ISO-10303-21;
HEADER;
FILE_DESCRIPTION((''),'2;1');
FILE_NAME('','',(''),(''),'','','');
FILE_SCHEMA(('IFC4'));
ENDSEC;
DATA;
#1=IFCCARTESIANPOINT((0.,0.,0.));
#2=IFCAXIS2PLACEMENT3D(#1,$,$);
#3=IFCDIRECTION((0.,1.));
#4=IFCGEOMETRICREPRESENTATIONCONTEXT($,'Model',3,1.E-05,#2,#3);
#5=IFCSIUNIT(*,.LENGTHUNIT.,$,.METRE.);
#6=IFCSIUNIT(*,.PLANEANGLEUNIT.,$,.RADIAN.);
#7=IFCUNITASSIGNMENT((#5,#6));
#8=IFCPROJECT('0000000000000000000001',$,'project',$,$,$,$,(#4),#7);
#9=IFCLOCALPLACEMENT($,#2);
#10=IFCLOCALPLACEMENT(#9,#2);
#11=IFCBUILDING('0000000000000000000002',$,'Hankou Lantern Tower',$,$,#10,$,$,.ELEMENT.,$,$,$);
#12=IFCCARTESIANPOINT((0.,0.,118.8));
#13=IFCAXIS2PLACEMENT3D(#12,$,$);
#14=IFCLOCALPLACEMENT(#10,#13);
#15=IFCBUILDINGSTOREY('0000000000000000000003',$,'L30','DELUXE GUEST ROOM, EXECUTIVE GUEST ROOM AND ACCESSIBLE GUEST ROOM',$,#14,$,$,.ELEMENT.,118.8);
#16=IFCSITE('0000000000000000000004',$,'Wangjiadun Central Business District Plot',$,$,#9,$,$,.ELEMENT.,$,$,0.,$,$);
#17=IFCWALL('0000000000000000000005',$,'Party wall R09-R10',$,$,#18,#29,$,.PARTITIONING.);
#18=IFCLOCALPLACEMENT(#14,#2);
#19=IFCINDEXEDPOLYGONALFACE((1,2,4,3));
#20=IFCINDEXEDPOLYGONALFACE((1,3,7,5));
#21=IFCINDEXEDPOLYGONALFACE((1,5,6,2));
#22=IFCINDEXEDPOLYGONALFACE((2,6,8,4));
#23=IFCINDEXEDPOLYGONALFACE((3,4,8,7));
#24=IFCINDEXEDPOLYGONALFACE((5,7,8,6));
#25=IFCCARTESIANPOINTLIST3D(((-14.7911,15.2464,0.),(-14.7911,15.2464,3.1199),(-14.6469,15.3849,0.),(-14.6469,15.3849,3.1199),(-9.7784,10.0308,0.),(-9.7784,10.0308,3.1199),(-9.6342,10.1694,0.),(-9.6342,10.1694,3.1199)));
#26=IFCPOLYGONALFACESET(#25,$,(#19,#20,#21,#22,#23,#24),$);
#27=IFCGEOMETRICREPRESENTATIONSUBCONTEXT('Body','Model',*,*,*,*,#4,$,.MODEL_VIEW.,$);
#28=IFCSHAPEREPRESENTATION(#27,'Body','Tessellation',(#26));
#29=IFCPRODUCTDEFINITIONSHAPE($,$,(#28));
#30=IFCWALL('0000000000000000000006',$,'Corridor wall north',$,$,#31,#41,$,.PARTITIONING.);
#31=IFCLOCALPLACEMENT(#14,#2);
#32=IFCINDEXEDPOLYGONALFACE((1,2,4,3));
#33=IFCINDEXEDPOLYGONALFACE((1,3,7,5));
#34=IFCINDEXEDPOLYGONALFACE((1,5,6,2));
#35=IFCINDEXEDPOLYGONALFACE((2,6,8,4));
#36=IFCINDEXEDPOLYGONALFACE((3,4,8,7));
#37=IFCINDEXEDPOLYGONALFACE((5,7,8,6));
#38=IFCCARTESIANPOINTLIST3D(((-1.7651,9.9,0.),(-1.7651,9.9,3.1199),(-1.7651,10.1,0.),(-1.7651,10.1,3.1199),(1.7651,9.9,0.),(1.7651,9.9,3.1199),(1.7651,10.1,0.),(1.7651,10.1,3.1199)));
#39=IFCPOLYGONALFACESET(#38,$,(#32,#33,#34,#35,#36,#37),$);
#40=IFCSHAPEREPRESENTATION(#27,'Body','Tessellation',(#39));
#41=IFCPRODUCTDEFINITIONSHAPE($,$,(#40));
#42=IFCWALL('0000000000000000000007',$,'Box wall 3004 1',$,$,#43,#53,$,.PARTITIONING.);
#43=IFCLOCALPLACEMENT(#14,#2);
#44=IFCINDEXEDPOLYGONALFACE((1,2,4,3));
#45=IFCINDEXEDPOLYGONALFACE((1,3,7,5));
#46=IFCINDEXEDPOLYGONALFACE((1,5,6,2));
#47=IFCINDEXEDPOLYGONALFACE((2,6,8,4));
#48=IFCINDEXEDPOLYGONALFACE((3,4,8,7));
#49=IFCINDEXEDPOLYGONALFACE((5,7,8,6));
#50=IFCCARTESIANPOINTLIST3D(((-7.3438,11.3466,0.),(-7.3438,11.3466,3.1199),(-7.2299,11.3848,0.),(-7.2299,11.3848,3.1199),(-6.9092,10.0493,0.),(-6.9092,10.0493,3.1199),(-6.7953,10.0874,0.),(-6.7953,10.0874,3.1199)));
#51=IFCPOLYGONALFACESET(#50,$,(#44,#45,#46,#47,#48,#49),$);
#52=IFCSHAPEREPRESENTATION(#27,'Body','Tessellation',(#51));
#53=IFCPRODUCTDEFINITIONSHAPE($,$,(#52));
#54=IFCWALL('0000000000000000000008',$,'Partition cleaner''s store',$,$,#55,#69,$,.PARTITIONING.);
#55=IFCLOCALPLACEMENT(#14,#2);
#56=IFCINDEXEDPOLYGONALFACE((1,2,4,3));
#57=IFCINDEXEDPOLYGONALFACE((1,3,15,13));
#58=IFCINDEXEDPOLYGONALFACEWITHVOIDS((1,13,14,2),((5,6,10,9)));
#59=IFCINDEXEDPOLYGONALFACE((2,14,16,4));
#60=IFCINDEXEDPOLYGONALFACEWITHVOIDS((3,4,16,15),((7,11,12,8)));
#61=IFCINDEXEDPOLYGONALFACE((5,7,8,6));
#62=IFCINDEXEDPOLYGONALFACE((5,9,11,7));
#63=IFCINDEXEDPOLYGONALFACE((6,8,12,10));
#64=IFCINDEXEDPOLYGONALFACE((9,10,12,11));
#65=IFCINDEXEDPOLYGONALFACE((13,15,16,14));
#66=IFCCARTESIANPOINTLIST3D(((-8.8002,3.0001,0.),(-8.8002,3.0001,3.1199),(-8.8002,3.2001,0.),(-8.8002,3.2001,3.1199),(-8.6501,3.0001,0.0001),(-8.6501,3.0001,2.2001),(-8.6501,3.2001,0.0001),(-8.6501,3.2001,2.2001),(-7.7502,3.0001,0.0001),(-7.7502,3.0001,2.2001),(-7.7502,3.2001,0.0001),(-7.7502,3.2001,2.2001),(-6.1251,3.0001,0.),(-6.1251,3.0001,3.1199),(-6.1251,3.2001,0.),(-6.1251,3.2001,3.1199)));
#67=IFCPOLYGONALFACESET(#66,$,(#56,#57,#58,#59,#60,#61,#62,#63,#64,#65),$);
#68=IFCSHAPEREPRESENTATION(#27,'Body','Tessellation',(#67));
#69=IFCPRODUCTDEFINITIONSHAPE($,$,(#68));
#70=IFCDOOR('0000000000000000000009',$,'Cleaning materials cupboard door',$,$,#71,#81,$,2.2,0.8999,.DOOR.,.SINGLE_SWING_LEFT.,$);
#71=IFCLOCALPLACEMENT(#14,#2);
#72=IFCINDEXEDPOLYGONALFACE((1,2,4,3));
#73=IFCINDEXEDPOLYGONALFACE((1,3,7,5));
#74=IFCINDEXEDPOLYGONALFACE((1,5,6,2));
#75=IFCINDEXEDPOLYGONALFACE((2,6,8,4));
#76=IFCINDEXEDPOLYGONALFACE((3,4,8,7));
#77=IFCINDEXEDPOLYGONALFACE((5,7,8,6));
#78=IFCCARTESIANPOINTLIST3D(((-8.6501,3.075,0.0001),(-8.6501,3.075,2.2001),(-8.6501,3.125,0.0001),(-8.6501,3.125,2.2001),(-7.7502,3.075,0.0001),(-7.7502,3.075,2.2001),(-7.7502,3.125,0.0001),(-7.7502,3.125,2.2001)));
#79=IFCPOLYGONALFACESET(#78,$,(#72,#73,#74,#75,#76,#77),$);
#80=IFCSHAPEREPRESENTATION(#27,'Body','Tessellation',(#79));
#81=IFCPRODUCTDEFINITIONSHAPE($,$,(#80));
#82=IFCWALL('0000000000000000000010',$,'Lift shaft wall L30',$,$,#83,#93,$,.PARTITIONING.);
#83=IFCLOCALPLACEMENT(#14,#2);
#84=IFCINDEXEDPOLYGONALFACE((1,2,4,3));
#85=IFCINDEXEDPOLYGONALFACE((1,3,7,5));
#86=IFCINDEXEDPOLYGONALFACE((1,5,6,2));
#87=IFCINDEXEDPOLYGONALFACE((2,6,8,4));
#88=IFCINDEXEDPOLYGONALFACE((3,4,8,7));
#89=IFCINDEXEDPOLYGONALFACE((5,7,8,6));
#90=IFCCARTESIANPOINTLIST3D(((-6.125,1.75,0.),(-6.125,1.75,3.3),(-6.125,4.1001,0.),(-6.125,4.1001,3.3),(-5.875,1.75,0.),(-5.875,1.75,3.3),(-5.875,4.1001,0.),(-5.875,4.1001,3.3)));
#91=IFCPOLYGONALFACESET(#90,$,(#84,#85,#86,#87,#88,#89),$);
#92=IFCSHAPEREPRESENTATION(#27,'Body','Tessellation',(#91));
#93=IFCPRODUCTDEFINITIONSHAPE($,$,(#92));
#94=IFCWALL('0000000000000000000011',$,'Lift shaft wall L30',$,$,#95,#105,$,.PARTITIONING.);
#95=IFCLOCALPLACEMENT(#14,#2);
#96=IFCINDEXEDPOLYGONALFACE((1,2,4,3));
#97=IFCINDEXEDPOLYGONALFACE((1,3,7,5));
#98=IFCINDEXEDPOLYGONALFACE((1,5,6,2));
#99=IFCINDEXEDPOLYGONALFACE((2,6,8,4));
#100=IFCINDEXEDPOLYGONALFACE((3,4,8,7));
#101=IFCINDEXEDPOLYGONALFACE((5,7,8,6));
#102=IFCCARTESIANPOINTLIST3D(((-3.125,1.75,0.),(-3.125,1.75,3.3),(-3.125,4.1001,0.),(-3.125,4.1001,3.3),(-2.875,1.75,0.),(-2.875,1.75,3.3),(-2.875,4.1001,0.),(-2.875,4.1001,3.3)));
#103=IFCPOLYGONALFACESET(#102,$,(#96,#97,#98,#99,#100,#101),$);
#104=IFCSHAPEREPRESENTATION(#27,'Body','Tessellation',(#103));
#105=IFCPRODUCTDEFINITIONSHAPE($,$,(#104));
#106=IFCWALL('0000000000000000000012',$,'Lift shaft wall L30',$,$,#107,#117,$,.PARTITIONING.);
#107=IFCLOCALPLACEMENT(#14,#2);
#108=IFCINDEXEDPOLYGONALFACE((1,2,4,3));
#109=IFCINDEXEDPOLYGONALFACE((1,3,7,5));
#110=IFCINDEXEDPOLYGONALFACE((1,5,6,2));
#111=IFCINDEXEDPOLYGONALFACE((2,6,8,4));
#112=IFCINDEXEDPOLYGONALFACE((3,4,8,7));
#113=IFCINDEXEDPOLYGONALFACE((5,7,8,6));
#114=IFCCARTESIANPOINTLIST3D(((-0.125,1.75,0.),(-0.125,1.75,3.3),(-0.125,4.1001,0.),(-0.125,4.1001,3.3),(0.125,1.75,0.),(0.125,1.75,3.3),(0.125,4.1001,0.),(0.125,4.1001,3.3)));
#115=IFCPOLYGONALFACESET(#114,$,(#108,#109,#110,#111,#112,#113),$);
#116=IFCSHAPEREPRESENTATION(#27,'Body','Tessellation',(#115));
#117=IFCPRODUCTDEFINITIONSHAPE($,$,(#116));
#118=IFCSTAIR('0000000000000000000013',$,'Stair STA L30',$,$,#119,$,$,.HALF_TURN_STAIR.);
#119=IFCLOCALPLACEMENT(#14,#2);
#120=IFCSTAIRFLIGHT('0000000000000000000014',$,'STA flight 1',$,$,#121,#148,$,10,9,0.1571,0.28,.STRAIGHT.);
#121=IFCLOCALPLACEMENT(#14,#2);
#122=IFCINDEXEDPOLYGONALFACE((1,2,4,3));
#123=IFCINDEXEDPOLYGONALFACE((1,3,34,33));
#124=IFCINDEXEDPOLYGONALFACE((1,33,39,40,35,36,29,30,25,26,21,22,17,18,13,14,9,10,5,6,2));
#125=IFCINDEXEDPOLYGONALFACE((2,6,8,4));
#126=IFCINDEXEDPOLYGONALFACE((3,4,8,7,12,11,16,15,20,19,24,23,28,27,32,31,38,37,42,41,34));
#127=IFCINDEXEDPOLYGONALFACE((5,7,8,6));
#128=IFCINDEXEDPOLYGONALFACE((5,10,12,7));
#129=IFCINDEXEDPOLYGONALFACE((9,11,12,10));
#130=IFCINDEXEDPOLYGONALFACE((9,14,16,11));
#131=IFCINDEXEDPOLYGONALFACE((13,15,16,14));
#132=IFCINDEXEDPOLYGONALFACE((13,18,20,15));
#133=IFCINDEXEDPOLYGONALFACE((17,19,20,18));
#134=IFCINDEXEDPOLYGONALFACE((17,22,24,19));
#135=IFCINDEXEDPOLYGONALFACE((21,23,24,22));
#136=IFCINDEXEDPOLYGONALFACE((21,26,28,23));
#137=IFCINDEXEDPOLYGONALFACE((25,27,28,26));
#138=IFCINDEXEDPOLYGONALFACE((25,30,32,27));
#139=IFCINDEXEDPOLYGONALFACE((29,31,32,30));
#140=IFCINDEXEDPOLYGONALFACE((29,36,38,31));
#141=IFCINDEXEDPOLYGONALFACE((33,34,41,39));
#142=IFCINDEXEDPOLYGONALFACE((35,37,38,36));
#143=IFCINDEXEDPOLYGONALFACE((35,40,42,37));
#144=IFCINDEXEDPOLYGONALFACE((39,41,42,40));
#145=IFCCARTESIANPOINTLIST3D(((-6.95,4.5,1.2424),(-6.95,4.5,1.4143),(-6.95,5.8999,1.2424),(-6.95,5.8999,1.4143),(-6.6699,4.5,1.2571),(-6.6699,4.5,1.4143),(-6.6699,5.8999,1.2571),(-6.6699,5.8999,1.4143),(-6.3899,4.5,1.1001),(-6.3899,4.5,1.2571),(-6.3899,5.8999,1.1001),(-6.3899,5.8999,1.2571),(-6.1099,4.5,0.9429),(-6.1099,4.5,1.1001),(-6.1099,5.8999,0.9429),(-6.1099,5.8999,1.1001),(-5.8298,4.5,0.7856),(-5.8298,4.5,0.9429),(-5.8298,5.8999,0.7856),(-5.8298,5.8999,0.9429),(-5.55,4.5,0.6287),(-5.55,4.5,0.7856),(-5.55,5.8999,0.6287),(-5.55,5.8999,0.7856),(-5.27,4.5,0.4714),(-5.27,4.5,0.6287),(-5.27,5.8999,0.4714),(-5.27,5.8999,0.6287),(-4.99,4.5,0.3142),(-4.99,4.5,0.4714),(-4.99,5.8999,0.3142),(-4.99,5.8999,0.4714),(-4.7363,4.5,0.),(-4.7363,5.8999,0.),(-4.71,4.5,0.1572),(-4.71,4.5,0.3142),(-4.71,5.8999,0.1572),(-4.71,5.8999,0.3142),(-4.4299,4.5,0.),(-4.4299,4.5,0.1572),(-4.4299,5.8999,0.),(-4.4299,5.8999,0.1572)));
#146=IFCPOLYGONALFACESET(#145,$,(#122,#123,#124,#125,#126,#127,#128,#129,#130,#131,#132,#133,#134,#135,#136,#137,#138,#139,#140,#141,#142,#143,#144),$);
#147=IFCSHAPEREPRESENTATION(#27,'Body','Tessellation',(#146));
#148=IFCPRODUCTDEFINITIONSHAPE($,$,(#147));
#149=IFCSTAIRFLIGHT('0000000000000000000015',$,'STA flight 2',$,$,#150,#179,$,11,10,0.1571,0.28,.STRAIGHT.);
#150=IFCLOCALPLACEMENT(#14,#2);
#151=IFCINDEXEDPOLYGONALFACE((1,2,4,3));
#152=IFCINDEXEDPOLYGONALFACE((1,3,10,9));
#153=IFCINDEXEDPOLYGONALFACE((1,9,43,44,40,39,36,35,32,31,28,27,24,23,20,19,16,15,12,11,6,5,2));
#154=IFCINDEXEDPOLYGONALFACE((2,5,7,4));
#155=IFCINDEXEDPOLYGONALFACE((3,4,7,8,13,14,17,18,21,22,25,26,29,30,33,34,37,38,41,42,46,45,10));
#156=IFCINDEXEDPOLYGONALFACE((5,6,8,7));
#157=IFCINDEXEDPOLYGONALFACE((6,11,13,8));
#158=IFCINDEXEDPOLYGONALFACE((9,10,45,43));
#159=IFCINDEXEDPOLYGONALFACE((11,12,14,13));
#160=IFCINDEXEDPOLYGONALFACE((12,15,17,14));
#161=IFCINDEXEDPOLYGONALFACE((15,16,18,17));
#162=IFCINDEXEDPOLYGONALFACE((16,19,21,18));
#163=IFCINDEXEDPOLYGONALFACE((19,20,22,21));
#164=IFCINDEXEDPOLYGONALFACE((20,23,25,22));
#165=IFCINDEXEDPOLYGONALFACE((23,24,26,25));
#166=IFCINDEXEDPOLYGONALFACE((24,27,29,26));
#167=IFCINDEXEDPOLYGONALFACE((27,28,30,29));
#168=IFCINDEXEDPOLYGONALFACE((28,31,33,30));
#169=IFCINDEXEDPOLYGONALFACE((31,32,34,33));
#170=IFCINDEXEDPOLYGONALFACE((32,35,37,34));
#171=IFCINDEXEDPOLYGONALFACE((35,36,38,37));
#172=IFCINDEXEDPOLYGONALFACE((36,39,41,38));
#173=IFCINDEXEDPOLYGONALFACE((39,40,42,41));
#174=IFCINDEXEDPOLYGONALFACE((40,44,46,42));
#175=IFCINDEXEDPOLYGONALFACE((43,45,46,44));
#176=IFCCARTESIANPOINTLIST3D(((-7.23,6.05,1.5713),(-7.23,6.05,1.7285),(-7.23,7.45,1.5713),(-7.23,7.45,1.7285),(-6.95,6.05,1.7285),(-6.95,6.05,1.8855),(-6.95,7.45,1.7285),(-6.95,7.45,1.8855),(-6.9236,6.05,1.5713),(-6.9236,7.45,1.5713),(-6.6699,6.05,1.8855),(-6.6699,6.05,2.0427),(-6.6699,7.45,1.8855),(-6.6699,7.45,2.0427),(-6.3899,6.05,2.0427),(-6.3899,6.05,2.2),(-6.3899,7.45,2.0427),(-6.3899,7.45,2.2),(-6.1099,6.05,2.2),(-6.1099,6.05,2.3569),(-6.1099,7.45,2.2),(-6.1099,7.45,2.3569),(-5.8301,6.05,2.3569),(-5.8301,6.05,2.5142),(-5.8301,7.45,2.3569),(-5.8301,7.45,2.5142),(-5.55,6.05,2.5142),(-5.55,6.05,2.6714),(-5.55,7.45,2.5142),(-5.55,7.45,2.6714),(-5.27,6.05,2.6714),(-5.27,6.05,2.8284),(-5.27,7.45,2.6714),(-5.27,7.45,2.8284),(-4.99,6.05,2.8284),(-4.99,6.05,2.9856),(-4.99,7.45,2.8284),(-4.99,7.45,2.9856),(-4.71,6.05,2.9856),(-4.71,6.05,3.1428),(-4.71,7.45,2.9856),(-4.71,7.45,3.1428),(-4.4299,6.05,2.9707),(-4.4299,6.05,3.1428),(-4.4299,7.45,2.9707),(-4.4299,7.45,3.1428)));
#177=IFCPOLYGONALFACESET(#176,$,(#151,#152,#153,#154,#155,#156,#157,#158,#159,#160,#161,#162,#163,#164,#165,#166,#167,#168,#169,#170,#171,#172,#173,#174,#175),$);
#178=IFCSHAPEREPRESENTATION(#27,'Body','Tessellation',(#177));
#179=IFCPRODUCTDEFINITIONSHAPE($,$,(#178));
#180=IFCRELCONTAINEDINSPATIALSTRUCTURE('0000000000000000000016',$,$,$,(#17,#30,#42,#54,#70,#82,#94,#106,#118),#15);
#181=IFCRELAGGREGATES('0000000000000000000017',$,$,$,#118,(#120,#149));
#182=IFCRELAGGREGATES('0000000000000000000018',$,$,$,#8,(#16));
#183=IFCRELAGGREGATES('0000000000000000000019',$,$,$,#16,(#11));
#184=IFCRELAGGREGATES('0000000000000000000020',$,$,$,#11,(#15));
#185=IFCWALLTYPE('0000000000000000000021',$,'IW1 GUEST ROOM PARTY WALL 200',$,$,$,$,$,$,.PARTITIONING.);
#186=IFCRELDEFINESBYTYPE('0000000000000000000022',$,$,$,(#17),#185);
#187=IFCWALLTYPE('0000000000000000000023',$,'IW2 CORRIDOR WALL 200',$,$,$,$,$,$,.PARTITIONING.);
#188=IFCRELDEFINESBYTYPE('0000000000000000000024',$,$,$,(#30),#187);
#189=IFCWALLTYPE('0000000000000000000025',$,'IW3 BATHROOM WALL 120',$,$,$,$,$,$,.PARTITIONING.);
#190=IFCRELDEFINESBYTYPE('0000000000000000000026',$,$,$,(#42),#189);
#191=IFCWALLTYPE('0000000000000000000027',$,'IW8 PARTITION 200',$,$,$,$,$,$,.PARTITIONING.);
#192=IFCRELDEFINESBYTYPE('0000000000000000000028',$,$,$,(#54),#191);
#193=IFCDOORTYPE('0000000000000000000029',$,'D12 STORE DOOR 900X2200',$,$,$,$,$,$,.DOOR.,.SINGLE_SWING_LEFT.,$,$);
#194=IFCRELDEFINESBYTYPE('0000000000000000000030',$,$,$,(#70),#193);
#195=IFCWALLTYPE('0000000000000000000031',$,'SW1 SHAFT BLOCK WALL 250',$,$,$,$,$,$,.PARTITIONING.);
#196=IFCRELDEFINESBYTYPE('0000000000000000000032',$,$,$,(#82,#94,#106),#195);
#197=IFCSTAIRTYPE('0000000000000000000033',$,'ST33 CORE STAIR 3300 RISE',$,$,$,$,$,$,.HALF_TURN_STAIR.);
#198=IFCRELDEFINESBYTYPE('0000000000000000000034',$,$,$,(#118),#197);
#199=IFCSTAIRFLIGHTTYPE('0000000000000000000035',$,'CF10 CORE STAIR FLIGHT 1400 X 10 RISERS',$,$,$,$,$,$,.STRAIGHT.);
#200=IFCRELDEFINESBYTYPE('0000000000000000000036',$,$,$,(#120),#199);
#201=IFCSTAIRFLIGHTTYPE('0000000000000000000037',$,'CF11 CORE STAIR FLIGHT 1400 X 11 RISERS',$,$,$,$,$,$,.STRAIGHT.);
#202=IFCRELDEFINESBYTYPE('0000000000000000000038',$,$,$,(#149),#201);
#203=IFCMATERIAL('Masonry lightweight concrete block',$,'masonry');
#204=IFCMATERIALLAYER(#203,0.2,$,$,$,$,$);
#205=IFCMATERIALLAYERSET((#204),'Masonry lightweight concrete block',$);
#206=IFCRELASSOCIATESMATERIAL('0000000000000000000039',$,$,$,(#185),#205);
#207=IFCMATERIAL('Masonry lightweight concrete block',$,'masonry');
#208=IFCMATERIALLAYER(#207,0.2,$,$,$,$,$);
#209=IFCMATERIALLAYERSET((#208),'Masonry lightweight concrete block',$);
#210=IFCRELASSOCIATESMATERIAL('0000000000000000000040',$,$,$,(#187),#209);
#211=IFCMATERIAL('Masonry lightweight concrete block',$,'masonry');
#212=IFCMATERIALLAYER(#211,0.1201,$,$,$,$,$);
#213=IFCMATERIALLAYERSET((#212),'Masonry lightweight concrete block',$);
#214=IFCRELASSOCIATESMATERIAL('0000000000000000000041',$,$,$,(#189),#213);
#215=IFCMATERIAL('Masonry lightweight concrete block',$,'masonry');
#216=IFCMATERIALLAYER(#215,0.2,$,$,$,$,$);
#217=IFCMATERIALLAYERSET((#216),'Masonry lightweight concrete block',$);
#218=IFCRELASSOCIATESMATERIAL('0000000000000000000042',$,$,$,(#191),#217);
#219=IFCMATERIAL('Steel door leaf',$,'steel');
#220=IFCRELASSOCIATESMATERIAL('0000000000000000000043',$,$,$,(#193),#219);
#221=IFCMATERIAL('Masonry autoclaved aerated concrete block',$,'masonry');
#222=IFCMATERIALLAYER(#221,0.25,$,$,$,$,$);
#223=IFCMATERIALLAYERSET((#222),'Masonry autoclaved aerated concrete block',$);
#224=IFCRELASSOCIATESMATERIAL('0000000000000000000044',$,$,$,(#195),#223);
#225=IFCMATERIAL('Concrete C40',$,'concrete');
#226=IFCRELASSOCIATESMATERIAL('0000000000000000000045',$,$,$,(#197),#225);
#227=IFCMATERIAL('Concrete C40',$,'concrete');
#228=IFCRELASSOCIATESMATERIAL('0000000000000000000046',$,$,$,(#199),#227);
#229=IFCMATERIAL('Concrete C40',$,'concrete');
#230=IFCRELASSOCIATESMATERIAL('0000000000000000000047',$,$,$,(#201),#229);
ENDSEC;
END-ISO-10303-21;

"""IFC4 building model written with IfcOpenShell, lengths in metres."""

from ifc_helpers import new_model, si_unit, direction, frame, frame_2d, origin, place, context, subcontext, project, spatial, polyline, rectangle, outline, extrude, material, layer, layer_set, type_object, element, fill, aggregate, save


model = new_model("IFC4")

# Units and contexts
model_context = context("Model", 3, precision=1e-05, world=origin(), true_north=direction((0.0, 1.0)))
body_context = subcontext(model_context, "Body", "Model", "MODEL_VIEW")
ifc_project = project(units=[si_unit("LENGTHUNIT", "METRE"), si_unit("PLANEANGLEUNIT", "RADIAN")], contexts=[model_context])

# Site, building, storey
site_placement = place(None, origin())
site = spatial("IfcSite", under=ifc_project, at=site_placement, Name="Wangjiadun Central Business District Plot", CompositionType="ELEMENT", RefElevation=0.0)
building_placement = place(site_placement, origin())
building = spatial("IfcBuilding", under=site, at=building_placement, Name="Hankou Lantern Tower", CompositionType="ELEMENT")
storey_placement = place(building_placement, frame((0.0, 0.0, 118.8)))
storey = spatial("IfcBuildingStorey", under=building, at=storey_placement, Name="L30", Description="DELUXE GUEST ROOM, EXECUTIVE GUEST ROOM AND ACCESSIBLE GUEST ROOM", CompositionType="ELEMENT", Elevation=118.8)

# Walls
ifc_material_1 = material(Name="Masonry lightweight concrete block", Category="masonry")
ifc_layer_1 = layer(ifc_material_1, 0.2)
ifc_layer_set_1 = layer_set([ifc_layer_1], Name="Masonry lightweight concrete block")
wall_type_1 = type_object("IfcWallType", Name="IW1 GUEST ROOM PARTY WALL 200", PredefinedType="PARTITIONING", material=ifc_layer_set_1)
wall_1_placement = place(storey_placement, frame((-9.7063, 10.1001, 0.0), z_axis=(0.0, 0.0, 1.0), x_axis=(-0.692945, 0.720991, 0.0)))
element("IfcWall", 1, at=wall_1_placement, inside=storey, type_object=wall_type_1, Name="Party wall R09-R10", PredefinedType="PARTITIONING", context=body_context, shape_type="SweptSolid", body=[
    extrude(rectangle(XDim=7.2339, YDim=0.2, at=frame_2d((3.6169, 0.0))), origin(), (0.0, 0.0, 1.0), 3.1199),
])
ifc_material_2 = material(Name="Masonry lightweight concrete block", Category="masonry")
ifc_layer_2 = layer(ifc_material_2, 0.2)
ifc_layer_set_2 = layer_set([ifc_layer_2], Name="Masonry lightweight concrete block")
wall_type_2 = type_object("IfcWallType", Name="IW2 CORRIDOR WALL 200", PredefinedType="PARTITIONING", material=ifc_layer_set_2)
wall_2_placement = place(storey_placement, frame((-1.7651, 10.0, 0.0), z_axis=(0.0, 0.0, 1.0), x_axis=(1.0, 0.0, 0.0)))
element("IfcWall", 2, at=wall_2_placement, inside=storey, type_object=wall_type_2, Name="Corridor wall north", PredefinedType="PARTITIONING", context=body_context, shape_type="SweptSolid", body=[
    extrude(rectangle(XDim=3.5303, YDim=0.2, at=frame_2d((1.7651, 0.0))), origin(), (0.0, 0.0, 1.0), 3.1199),
])
ifc_material_3 = material(Name="Masonry lightweight concrete block", Category="masonry")
ifc_layer_3 = layer(ifc_material_3, 0.1201)
ifc_layer_set_3 = layer_set([ifc_layer_3], Name="Masonry lightweight concrete block")
wall_type_3 = type_object("IfcWallType", Name="IW3 BATHROOM WALL 120", PredefinedType="PARTITIONING", material=ifc_layer_set_3)
wall_3_placement = place(storey_placement, frame((-6.8523, 10.0684, 0.0), z_axis=(0.0, 0.0, 1.0), x_axis=(-0.317619, 0.948218, 0.0)))
element("IfcWall", 3, at=wall_3_placement, inside=storey, type_object=wall_type_3, Name="Box wall 3004 1", PredefinedType="PARTITIONING", context=body_context, shape_type="SweptSolid", body=[
    extrude(rectangle(XDim=1.3682, YDim=0.1201, at=frame_2d((0.6841, 0.0))), origin(), (0.0, 0.0, 1.0), 3.1199),
])

# Wall, opening, door
ifc_material_4 = material(Name="Masonry lightweight concrete block", Category="masonry")
ifc_layer_4 = layer(ifc_material_4, 0.2)
ifc_layer_set_4 = layer_set([ifc_layer_4], Name="Masonry lightweight concrete block")
wall_type_4 = type_object("IfcWallType", Name="IW8 PARTITION 200", PredefinedType="PARTITIONING", material=ifc_layer_set_4)
wall_4_placement = place(storey_placement, frame((-8.8, 3.1001, 0.0), z_axis=(0.0, 0.0, 1.0), x_axis=(1.0, 0.0, 0.0)))
wall_4 = element("IfcWall", 4, at=wall_4_placement, inside=storey, type_object=wall_type_4, Name="Partition cleaner's store", PredefinedType="PARTITIONING", context=body_context, shape_type="SweptSolid", body=[
    extrude(rectangle(XDim=2.675, YDim=0.2, at=frame_2d((1.3374, 0.0))), origin(), (0.0, 0.0, 1.0), 3.1199),
])
opening_1_placement = place(wall_4_placement, frame((0.1499, 0.0, 0.0)))
opening_1 = element("IfcOpeningElement", 5, at=opening_1_placement, cuts=wall_4, PredefinedType="OPENING", context=body_context, shape_type="SweptSolid", body=[
    extrude(rectangle(XDim=0.8999, YDim=2.2, at=frame_2d((0.45, 1.1001))), frame((0.0, 0.1099, 0.0), z_axis=(0.0, -1.0, 0.0), x_axis=(1.0, 0.0, 0.0)), (0.0, 0.0, 1.0), 0.22),
])
ifc_material_5 = material(Name="Steel door leaf", Category="steel")
door_type_1 = type_object("IfcDoorType", Name="D12 STORE DOOR 900X2200", OperationType="SINGLE_SWING_LEFT", PredefinedType="DOOR", material=ifc_material_5)
door_1_placement = place(opening_1_placement, origin())
door_1 = element("IfcDoor", 6, at=door_1_placement, inside=storey, type_object=door_type_1, Name="Cleaning materials cupboard door", OperationType="SINGLE_SWING_LEFT", OverallHeight=2.2, OverallWidth=0.8999, PredefinedType="DOOR", context=body_context, shape_type="SweptSolid", body=[
    extrude(rectangle(XDim=0.8999, YDim=2.2, at=frame_2d((0.45, 1.1001))), frame((0.0, 0.0249, 0.0), z_axis=(0.0, -1.0, 0.0), x_axis=(1.0, 0.0, 0.0)), (0.0, 0.0, 1.0), 0.05),
])
fill(opening_1, door_1)

# Walls
ifc_material_6 = material(Name="Masonry autoclaved aerated concrete block", Category="masonry")
ifc_layer_5 = layer(ifc_material_6, 0.25)
ifc_layer_set_5 = layer_set([ifc_layer_5], Name="Masonry autoclaved aerated concrete block")
wall_type_5 = type_object("IfcWallType", Name="SW1 SHAFT BLOCK WALL 250", PredefinedType="PARTITIONING", material=ifc_layer_set_5)
for number, where, z_axis, x_axis, name in (
    (7, (-6.0, 1.75, 0.0), (0.0, 0.0, 1.0), (0.0, 1.0, 0.0), "Lift shaft wall L30"),
    (8, (-3.0, 1.75, 0.0), (0.0, 0.0, 1.0), (0.0, 1.0, 0.0), "Lift shaft wall L30"),
    (9, (0.0, 1.75, 0.0), (0.0, 0.0, 1.0), (0.0, 1.0, 0.0), "Lift shaft wall L30"),
):
    element("IfcWall", number, at=place(storey_placement, frame(where, z_axis=z_axis, x_axis=x_axis)), inside=storey, type_object=wall_type_5, Name=name, PredefinedType="PARTITIONING", context=body_context, shape_type="SweptSolid", body=[
        extrude(rectangle(XDim=2.3501, YDim=0.25, at=frame_2d((1.175, 0.0))), origin(), (0.0, 0.0, 1.0), 3.3),
    ])

# Stair, stair flights
ifc_material_7 = material(Name="Concrete C40", Category="concrete")
stair_type = type_object("IfcStairType", Name="ST33 CORE STAIR 3300 RISE", PredefinedType="HALF_TURN_STAIR", material=ifc_material_7)
stair_placement = place(storey_placement, origin())
stair = element("IfcStair", 10, at=stair_placement, inside=storey, type_object=stair_type, Name="Stair STA L30", PredefinedType="HALF_TURN_STAIR")
ifc_material_8 = material(Name="Concrete C40", Category="concrete")
stair_flight_type_1 = type_object("IfcStairFlightType", Name="CF10 CORE STAIR FLIGHT 1400 X 10 RISERS", PredefinedType="STRAIGHT", material=ifc_material_8)
stair_flight_1_placement = place(storey_placement, frame((-4.4299, 5.2, 0.0), z_axis=(0.0, 0.0, 1.0), x_axis=(-1.0, 0.0, 0.0)))
stair_flight_1 = element("IfcStairFlight", 11, at=stair_flight_1_placement, type_object=stair_flight_type_1, Name="STA flight 1", NumberOfRisers=10, NumberOfTreads=9, PredefinedType="STRAIGHT", RiserHeight=0.1571, TreadLength=0.28, context=body_context, shape_type="SweptSolid", body=[
    extrude(outline(polyline([(0.0, 0.0), (0.0, 0.1572), (0.28, 0.1572), (0.28, 0.3142), (0.5601, 0.3142), (0.5601, 0.4714), (0.8401, 0.4714), (0.8401, 0.6287), (1.1201, 0.6287), (1.1201, 0.7856), (1.3999, 0.7856), (1.3999, 0.9429), (1.6799, 0.9429), (1.6799, 1.1001), (1.96, 1.1001), (1.96, 1.2571), (2.24, 1.2571), (2.24, 1.4143), (2.52, 1.4143), (2.52, 1.5715), (2.52, 1.2424), (0.3064, 0.0), (0.0, 0.0)])), frame((0.0, 0.7, 0.0), z_axis=(0.0, -1.0, 0.0), x_axis=(1.0, 0.0, 0.0)), (0.0, 0.0, 1.0), 1.3999),
])
ifc_material_9 = material(Name="Concrete C40", Category="concrete")
stair_flight_type_2 = type_object("IfcStairFlightType", Name="CF11 CORE STAIR FLIGHT 1400 X 11 RISERS", PredefinedType="STRAIGHT", material=ifc_material_9)
stair_flight_2_placement = place(storey_placement, frame((-7.23, 6.75, 1.5713), z_axis=(0.0, 0.0, 1.0), x_axis=(1.0, 0.0, 0.0)))
stair_flight_2 = element("IfcStairFlight", 12, at=stair_flight_2_placement, type_object=stair_flight_type_2, Name="STA flight 2", NumberOfRisers=11, NumberOfTreads=10, PredefinedType="STRAIGHT", RiserHeight=0.1571, TreadLength=0.28, context=body_context, shape_type="SweptSolid", body=[
    extrude(outline(polyline([(0.0, 0.0), (0.0, 0.1572), (0.28, 0.1572), (0.28, 0.3142), (0.5601, 0.3142), (0.5601, 0.4714), (0.8401, 0.4714), (0.8401, 0.6287), (1.1201, 0.6287), (1.1201, 0.7856), (1.3999, 0.7856), (1.3999, 0.9429), (1.6799, 0.9429), (1.6799, 1.1001), (1.96, 1.1001), (1.96, 1.2571), (2.24, 1.2571), (2.24, 1.4143), (2.52, 1.4143), (2.52, 1.5715), (2.8, 1.5715), (2.8, 1.7285), (2.8, 1.3994), (0.3064, 0.0), (0.0, 0.0)])), frame((0.0, 0.7, 0.0), z_axis=(0.0, -1.0, 0.0), x_axis=(1.0, 0.0, 0.0)), (0.0, 0.0, 1.0), 1.3999),
])
aggregate(stair, [stair_flight_1, stair_flight_2])

save(model, "model.ifc")
